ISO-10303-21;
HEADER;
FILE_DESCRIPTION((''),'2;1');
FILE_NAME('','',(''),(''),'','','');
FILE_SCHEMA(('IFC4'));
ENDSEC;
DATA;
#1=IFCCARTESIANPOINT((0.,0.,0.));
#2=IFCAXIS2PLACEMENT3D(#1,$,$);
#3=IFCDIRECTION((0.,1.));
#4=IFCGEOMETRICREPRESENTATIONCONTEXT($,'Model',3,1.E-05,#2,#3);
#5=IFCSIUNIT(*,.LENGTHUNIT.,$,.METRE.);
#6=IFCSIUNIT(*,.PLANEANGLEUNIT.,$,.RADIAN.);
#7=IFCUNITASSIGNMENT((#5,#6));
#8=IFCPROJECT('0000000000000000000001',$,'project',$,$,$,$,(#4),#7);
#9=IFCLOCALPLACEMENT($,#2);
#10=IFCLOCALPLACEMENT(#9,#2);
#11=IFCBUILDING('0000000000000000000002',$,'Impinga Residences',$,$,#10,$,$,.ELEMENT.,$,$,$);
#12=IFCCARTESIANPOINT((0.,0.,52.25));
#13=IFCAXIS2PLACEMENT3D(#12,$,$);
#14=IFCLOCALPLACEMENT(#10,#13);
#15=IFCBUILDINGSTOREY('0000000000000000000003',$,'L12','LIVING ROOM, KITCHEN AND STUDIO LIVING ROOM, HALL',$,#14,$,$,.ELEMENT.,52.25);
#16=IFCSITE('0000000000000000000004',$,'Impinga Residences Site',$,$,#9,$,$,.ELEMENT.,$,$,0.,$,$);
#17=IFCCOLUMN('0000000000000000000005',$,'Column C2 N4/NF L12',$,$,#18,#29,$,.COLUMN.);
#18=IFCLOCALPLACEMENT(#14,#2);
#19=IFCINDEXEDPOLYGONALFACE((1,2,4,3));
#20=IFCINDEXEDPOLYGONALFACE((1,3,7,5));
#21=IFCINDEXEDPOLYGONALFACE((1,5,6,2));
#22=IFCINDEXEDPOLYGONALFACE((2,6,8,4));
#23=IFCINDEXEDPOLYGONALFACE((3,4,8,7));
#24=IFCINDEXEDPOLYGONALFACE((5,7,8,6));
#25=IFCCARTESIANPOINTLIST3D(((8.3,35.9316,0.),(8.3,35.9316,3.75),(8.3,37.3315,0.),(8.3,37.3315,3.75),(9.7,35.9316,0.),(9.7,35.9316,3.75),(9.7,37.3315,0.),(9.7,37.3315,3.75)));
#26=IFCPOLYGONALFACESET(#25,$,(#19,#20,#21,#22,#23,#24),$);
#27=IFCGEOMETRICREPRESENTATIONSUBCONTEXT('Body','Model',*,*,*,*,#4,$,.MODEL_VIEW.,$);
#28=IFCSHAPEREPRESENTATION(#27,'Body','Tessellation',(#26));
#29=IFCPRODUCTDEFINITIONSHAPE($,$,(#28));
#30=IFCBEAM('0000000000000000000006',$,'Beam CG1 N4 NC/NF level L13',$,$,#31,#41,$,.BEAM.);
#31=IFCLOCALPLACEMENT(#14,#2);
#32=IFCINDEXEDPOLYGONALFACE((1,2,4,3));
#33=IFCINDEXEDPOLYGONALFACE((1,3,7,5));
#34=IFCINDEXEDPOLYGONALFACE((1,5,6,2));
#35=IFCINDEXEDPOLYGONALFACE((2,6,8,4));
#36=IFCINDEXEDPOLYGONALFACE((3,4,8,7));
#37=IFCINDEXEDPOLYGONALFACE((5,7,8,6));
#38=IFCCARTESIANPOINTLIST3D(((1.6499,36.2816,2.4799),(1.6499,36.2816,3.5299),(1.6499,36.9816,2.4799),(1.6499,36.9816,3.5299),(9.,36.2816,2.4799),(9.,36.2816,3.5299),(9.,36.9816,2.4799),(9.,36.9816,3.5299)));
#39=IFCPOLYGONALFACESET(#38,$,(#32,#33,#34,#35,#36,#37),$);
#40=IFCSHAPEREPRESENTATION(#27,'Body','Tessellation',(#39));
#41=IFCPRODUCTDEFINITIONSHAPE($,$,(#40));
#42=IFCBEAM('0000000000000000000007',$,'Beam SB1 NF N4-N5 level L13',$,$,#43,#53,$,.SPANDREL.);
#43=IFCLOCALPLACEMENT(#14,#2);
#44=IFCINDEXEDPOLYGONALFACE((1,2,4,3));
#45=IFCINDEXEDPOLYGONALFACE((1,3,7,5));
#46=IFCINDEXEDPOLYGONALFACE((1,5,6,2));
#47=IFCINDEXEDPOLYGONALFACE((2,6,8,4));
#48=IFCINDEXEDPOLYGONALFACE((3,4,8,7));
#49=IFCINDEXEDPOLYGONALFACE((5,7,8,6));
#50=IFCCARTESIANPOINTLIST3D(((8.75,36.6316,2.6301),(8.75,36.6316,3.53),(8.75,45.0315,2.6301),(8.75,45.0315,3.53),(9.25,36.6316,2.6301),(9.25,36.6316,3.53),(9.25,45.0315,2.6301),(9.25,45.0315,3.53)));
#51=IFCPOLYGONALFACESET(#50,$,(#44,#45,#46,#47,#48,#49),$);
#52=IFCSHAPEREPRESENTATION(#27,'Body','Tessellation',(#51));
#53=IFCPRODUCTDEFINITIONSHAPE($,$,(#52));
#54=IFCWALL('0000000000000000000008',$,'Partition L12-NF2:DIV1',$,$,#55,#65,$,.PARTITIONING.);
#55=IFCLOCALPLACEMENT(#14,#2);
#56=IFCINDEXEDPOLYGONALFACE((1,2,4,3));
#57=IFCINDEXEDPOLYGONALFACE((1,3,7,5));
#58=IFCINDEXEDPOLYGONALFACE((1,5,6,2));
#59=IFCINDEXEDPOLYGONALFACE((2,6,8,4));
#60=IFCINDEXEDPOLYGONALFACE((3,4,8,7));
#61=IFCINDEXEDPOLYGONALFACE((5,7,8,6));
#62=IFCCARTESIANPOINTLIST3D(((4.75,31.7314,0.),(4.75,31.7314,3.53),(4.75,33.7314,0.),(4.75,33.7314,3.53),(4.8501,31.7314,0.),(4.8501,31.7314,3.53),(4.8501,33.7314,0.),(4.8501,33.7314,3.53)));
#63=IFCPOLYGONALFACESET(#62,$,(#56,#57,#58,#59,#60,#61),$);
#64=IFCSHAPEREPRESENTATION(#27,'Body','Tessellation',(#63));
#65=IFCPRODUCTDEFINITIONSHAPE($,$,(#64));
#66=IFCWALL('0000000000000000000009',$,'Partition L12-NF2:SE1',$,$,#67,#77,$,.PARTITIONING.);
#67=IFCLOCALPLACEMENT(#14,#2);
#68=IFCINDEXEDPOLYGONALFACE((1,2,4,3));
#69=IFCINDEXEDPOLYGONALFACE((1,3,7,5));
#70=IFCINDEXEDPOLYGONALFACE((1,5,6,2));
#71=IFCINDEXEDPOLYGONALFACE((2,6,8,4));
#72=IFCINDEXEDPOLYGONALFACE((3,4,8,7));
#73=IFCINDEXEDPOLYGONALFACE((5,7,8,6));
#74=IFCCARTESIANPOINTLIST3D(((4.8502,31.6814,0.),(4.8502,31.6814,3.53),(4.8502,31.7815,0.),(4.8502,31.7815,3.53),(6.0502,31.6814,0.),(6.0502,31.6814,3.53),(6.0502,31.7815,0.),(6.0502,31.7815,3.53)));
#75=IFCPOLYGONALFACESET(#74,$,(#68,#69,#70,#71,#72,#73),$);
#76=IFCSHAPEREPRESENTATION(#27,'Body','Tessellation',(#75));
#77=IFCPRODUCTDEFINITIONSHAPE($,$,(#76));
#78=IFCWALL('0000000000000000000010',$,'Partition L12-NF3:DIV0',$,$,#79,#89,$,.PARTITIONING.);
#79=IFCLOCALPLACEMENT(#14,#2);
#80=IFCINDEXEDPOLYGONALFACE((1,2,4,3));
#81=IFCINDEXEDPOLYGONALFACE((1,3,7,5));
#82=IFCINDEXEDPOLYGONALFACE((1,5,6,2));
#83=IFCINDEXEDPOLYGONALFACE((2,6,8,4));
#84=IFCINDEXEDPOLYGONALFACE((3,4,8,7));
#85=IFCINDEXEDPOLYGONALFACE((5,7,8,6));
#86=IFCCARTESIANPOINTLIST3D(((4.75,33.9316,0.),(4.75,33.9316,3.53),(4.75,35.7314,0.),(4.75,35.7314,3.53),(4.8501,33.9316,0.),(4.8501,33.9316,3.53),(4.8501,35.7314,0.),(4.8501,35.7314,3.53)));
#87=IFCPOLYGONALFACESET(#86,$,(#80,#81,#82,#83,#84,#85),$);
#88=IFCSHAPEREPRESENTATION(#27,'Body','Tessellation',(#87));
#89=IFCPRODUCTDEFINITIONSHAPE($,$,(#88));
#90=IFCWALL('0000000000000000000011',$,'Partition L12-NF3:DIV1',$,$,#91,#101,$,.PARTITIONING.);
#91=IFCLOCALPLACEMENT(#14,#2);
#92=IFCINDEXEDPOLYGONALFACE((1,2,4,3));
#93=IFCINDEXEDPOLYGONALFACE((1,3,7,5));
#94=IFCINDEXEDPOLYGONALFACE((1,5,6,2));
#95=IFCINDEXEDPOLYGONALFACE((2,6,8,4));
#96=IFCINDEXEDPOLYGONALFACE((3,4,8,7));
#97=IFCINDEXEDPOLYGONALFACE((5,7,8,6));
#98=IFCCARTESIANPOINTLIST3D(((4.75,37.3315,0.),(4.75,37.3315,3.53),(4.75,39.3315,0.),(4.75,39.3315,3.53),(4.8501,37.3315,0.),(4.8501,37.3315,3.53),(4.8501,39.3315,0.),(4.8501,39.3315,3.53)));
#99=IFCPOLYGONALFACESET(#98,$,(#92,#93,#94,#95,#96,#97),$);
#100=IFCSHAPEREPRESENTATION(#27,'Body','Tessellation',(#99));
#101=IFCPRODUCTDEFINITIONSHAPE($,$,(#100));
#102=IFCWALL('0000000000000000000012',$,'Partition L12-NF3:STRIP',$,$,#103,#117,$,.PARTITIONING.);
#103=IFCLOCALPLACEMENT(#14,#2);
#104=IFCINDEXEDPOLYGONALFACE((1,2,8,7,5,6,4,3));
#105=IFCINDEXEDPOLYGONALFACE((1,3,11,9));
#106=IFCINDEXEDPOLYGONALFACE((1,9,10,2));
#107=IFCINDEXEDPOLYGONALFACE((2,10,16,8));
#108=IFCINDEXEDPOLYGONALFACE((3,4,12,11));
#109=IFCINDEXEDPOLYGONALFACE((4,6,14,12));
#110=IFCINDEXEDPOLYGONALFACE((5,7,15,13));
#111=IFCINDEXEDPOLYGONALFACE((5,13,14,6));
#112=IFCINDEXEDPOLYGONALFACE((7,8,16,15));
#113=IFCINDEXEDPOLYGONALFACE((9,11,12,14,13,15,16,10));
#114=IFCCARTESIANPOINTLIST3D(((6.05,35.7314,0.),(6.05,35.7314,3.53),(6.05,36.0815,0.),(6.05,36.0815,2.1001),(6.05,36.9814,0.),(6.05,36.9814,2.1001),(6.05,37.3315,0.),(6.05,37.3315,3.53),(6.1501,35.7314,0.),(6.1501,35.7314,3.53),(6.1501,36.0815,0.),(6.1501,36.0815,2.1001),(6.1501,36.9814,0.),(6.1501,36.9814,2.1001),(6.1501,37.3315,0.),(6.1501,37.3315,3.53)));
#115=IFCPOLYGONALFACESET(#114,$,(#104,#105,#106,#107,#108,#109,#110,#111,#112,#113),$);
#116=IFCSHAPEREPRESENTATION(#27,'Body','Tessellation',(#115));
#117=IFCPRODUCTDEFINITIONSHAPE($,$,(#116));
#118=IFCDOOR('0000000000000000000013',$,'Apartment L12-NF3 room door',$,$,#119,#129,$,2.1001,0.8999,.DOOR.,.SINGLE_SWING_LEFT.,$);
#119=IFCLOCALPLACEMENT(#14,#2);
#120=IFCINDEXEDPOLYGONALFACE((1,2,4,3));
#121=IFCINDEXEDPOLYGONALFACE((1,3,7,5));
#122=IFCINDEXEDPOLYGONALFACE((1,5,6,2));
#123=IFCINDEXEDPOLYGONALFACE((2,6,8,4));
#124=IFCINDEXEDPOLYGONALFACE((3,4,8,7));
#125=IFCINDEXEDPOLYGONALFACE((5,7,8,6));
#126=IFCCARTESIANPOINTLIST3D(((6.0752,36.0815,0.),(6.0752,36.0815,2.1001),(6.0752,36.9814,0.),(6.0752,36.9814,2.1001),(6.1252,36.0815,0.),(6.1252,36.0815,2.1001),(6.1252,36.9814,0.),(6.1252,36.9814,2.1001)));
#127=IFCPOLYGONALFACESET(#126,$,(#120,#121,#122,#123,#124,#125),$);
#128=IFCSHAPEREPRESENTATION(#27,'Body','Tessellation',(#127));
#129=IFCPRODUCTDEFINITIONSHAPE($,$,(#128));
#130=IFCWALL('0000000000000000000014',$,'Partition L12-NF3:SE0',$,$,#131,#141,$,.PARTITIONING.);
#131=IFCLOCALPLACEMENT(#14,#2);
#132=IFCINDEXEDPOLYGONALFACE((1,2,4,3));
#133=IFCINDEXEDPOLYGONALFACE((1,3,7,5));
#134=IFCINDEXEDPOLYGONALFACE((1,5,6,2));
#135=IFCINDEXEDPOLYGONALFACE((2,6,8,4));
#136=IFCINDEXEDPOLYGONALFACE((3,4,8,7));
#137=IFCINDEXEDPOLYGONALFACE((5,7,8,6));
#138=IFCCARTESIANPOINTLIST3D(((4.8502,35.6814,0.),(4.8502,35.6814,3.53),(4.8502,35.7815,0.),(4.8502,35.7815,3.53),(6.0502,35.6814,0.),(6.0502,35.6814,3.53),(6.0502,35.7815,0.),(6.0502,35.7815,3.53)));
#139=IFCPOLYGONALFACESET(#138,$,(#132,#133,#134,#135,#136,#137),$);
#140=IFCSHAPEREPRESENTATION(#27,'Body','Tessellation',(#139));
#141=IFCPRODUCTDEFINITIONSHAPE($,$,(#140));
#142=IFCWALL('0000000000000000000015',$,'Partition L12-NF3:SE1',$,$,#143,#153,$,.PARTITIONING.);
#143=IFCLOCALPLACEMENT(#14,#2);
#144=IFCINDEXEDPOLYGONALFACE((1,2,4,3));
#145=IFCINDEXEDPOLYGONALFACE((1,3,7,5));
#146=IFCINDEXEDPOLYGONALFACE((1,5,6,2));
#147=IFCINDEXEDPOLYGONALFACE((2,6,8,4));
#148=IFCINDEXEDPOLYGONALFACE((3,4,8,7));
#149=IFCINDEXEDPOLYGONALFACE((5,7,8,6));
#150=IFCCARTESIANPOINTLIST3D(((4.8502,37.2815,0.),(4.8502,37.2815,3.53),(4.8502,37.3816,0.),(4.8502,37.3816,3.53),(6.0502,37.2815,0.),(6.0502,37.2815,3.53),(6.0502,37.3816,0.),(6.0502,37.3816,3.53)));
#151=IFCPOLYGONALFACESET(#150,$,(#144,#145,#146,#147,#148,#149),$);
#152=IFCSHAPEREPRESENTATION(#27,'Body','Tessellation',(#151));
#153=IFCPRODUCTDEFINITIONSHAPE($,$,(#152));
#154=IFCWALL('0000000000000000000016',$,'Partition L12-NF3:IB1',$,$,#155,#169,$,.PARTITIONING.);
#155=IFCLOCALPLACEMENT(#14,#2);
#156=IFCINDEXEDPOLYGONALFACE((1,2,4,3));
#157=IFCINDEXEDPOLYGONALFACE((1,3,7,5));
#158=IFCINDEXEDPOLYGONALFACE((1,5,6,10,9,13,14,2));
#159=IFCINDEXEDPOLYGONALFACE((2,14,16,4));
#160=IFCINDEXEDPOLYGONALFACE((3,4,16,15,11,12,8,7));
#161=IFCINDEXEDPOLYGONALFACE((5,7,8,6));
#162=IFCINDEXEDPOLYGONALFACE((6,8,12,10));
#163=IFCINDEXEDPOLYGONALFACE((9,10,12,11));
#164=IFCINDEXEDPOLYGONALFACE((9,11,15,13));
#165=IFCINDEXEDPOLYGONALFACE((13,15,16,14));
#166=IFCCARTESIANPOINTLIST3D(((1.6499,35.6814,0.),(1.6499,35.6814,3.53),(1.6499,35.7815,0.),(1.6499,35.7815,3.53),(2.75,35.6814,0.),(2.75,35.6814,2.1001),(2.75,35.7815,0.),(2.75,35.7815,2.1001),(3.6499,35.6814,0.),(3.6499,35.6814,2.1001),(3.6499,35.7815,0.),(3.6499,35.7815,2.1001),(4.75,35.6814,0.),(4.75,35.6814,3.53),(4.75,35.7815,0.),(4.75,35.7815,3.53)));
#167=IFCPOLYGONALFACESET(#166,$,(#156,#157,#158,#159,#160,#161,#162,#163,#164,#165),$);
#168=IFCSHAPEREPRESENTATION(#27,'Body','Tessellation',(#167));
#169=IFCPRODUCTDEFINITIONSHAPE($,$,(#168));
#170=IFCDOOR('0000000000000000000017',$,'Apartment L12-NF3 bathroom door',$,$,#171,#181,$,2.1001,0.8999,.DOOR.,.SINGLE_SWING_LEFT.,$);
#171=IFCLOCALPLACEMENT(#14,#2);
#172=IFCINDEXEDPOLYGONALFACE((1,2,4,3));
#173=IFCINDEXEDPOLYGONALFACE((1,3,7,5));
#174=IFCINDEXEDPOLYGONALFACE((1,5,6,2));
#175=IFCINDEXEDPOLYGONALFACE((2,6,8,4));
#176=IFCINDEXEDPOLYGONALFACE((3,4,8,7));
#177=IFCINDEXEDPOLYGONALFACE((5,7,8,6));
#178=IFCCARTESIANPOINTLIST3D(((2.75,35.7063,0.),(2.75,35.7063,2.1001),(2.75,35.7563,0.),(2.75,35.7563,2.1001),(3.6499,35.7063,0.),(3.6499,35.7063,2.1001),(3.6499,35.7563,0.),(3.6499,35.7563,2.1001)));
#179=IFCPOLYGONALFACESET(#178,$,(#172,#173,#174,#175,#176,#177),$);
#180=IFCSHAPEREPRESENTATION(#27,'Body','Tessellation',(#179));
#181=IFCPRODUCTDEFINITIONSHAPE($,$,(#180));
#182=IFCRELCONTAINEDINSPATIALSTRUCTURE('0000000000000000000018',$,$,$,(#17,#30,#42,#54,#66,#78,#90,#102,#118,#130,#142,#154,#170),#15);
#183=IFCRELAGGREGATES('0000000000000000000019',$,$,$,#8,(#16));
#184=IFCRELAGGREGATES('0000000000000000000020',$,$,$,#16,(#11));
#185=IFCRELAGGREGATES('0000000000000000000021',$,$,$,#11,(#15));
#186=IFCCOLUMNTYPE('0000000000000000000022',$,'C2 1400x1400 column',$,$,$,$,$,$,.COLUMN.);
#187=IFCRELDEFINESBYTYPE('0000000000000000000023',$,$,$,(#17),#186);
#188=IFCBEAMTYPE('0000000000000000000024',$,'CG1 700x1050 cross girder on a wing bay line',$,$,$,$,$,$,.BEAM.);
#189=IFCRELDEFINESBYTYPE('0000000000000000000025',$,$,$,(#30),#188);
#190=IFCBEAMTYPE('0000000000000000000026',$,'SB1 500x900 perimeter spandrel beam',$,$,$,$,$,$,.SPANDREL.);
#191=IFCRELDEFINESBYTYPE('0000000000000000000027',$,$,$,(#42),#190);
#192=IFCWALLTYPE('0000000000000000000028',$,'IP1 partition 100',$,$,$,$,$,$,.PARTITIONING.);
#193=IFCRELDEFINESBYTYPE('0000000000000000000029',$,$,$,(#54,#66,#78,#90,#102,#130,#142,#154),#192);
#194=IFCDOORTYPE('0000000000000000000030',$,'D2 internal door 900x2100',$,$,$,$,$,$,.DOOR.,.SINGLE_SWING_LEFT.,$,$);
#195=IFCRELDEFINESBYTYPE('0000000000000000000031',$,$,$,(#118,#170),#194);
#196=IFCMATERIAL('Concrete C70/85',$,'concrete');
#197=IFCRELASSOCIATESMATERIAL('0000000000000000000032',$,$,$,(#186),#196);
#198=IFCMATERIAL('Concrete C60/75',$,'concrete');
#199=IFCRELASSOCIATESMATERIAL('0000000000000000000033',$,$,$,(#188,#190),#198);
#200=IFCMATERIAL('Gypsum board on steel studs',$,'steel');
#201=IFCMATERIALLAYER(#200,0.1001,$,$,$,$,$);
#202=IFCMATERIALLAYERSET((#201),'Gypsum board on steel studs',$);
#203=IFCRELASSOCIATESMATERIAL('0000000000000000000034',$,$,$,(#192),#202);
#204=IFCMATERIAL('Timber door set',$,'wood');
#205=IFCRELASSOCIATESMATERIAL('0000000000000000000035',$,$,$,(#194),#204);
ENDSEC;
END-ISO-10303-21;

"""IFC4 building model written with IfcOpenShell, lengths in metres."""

from ifc_helpers import new_model, si_unit, direction, frame, frame_2d, origin, origin_2d, place, context, subcontext, project, spatial, rectangle, extrude, material, layer, layer_set, material_profile, profile_set, type_object, element, fill, save


model = new_model("IFC4")

# Units and contexts
model_context = context("Model", 3, precision=1e-05, world=origin(), true_north=direction((0.0, 1.0)))
body_context = subcontext(model_context, "Body", "Model", "MODEL_VIEW")
ifc_project = project(units=[si_unit("LENGTHUNIT", "METRE"), si_unit("PLANEANGLEUNIT", "RADIAN")], contexts=[model_context])

# Site, building, storey
site_placement = place(None, origin())
site = spatial("IfcSite", under=ifc_project, at=site_placement, Name="Impinga Residences Site", CompositionType="ELEMENT", RefElevation=0.0)
building_placement = place(site_placement, origin())
building = spatial("IfcBuilding", under=site, at=building_placement, Name="Impinga Residences", CompositionType="ELEMENT")
storey_placement = place(building_placement, frame((0.0, 0.0, 52.25)))
storey = spatial("IfcBuildingStorey", under=building, at=storey_placement, Name="L12", Description="LIVING ROOM, KITCHEN AND STUDIO LIVING ROOM, HALL", CompositionType="ELEMENT", Elevation=52.25)

# Column
ifc_material_1 = material(Name="Concrete C70/85", Category="concrete")
ifc_material_profile_1 = material_profile(ifc_material_1, rectangle(XDim=1.3999, YDim=1.3999, at=origin_2d()), Name="RC 1400x1400")
ifc_profile_set_1 = profile_set([ifc_material_profile_1], Name="Concrete C70/85")
column_type = type_object("IfcColumnType", Name="C2 1400x1400 column", PredefinedType="COLUMN", material=ifc_profile_set_1)
column_placement = place(storey_placement, frame((9.0, 36.6316, 0.0), z_axis=(0.0, 0.0, 1.0), x_axis=(1.0, 0.0, 0.0)))
element("IfcColumn", 1, at=column_placement, inside=storey, type_object=column_type, Name="Column C2 N4/NF L12", PredefinedType="COLUMN", context=body_context, shape_type="SweptSolid", body=[
    extrude(rectangle(XDim=1.3999, YDim=1.3999, at=origin_2d()), origin(), (0.0, 0.0, 1.0), 3.75),
])

# Beams
ifc_material_2 = material(Name="Concrete C60/75", Category="concrete")
ifc_material_profile_2 = material_profile(ifc_material_2, rectangle(XDim=0.7, YDim=1.05, at=origin_2d()), Name="RC 700x1050")
ifc_profile_set_2 = profile_set([ifc_material_profile_2], Name="Concrete C60/75")
beam_type_1 = type_object("IfcBeamType", Name="CG1 700x1050 cross girder on a wing bay line", PredefinedType="BEAM", material=ifc_profile_set_2)
beam_1_placement = place(storey_placement, frame((1.6499, 36.6316, 3.0049), z_axis=(1.0, 0.0, 0.0), x_axis=(0.0, 1.0, 0.0)))
element("IfcBeam", 2, at=beam_1_placement, inside=storey, type_object=beam_type_1, Name="Beam CG1 N4 NC/NF level L13", PredefinedType="BEAM", context=body_context, shape_type="SweptSolid", body=[
    extrude(rectangle(XDim=0.7, YDim=1.05, at=origin_2d()), origin(), (0.0, 0.0, 1.0), 7.3501),
])
ifc_material_profile_3 = material_profile(ifc_material_2, rectangle(XDim=0.5, YDim=0.8999, at=origin_2d()), Name="RC 500x900")
ifc_profile_set_3 = profile_set([ifc_material_profile_3], Name="Concrete C60/75")
beam_type_2 = type_object("IfcBeamType", Name="SB1 500x900 perimeter spandrel beam", PredefinedType="SPANDREL", material=ifc_profile_set_3)
beam_2_placement = place(storey_placement, frame((9.0, 36.6316, 3.0801), z_axis=(0.0, 1.0, 0.0), x_axis=(-1.0, 0.0, 0.0)))
element("IfcBeam", 3, at=beam_2_placement, inside=storey, type_object=beam_type_2, Name="Beam SB1 NF N4-N5 level L13", PredefinedType="SPANDREL", context=body_context, shape_type="SweptSolid", body=[
    extrude(rectangle(XDim=0.5, YDim=0.8999, at=origin_2d()), origin(), (0.0, 0.0, 1.0), 8.3999),
])

# Walls
ifc_material_3 = material(Name="Gypsum board on steel studs", Category="steel")
ifc_layer_1 = layer(ifc_material_3, 0.1001)
ifc_layer_set_1 = layer_set([ifc_layer_1], Name="Gypsum board on steel studs")
wall_type_1 = type_object("IfcWallType", Name="IP1 partition 100", PredefinedType="PARTITIONING", material=ifc_layer_set_1)
wall_1_placement = place(storey_placement, frame((4.8, 31.7314, 0.0), z_axis=(0.0, 0.0, 1.0), x_axis=(0.0, 1.0, 0.0)))
element("IfcWall", 4, at=wall_1_placement, inside=storey, type_object=wall_type_1, Name="Partition L12-NF2:DIV1", PredefinedType="PARTITIONING", context=body_context, shape_type="SweptSolid", body=[
    extrude(rectangle(XDim=2.0, YDim=0.1001, at=frame_2d((1.0, 0.0))), origin(), (0.0, 0.0, 1.0), 3.53),
])
wall_2_placement = place(storey_placement, frame((4.8501, 31.7314, 0.0), z_axis=(0.0, 0.0, 1.0), x_axis=(1.0, 0.0, 0.0)))
element("IfcWall", 5, at=wall_2_placement, inside=storey, type_object=wall_type_1, Name="Partition L12-NF2:SE1", PredefinedType="PARTITIONING", context=body_context, shape_type="SweptSolid", body=[
    extrude(rectangle(XDim=1.2, YDim=0.1001, at=frame_2d((0.6001, 0.0))), origin(), (0.0, 0.0, 1.0), 3.53),
])
wall_3_placement = place(storey_placement, frame((4.8, 33.9316, 0.0), z_axis=(0.0, 0.0, 1.0), x_axis=(0.0, 1.0, 0.0)))
element("IfcWall", 6, at=wall_3_placement, inside=storey, type_object=wall_type_1, Name="Partition L12-NF3:DIV0", PredefinedType="PARTITIONING", context=body_context, shape_type="SweptSolid", body=[
    extrude(rectangle(XDim=1.7998, YDim=0.1001, at=frame_2d((0.8999, 0.0))), origin(), (0.0, 0.0, 1.0), 3.53),
])
wall_4_placement = place(storey_placement, frame((4.8, 37.3315, 0.0), z_axis=(0.0, 0.0, 1.0), x_axis=(0.0, 1.0, 0.0)))
element("IfcWall", 7, at=wall_4_placement, inside=storey, type_object=wall_type_1, Name="Partition L12-NF3:DIV1", PredefinedType="PARTITIONING", context=body_context, shape_type="SweptSolid", body=[
    extrude(rectangle(XDim=2.0, YDim=0.1001, at=frame_2d((1.0, 0.0))), origin(), (0.0, 0.0, 1.0), 3.53),
])

# Wall, opening, door
wall_5_placement = place(storey_placement, frame((6.1001, 35.7314, 0.0), z_axis=(0.0, 0.0, 1.0), x_axis=(0.0, 1.0, 0.0)))
wall_5 = element("IfcWall", 8, at=wall_5_placement, inside=storey, type_object=wall_type_1, Name="Partition L12-NF3:STRIP", PredefinedType="PARTITIONING", context=body_context, shape_type="SweptSolid", body=[
    extrude(rectangle(XDim=1.6001, YDim=0.1001, at=frame_2d((0.8, 0.0))), origin(), (0.0, 0.0, 1.0), 3.53),
])
opening_1_placement = place(wall_5_placement, frame((0.3501, 0.0, 0.0)))
opening_1 = element("IfcOpeningElement", 9, at=opening_1_placement, cuts=wall_5, PredefinedType="OPENING", context=body_context, shape_type="SweptSolid", body=[
    extrude(rectangle(XDim=0.8999, YDim=2.1001, at=frame_2d((0.45, 1.05))), frame((0.0, 0.0601, 0.0), z_axis=(0.0, -1.0, 0.0), x_axis=(1.0, 0.0, 0.0)), (0.0, 0.0, 1.0), 0.1201),
])
ifc_material_4 = material(Name="Timber door set", Category="wood")
door_type = type_object("IfcDoorType", Name="D2 internal door 900x2100", OperationType="SINGLE_SWING_LEFT", PredefinedType="DOOR", material=ifc_material_4)
door_1_placement = place(opening_1_placement, origin())
door_1 = element("IfcDoor", 10, at=door_1_placement, inside=storey, type_object=door_type, Name="Apartment L12-NF3 room door", OperationType="SINGLE_SWING_LEFT", OverallHeight=2.1001, OverallWidth=0.8999, PredefinedType="DOOR", context=body_context, shape_type="SweptSolid", body=[
    extrude(rectangle(XDim=0.8999, YDim=2.1001, at=frame_2d((0.45, 1.05))), frame((0.0, 0.0249, 0.0), z_axis=(0.0, -1.0, 0.0), x_axis=(1.0, 0.0, 0.0)), (0.0, 0.0, 1.0), 0.05),
])
fill(opening_1, door_1)

# Walls
for number, where, z_axis, x_axis, name in (
    (11, (4.8501, 35.7314, 0.0), (0.0, 0.0, 1.0), (1.0, 0.0, 0.0), "Partition L12-NF3:SE0"),
    (12, (4.8501, 37.3315, 0.0), (0.0, 0.0, 1.0), (1.0, 0.0, 0.0), "Partition L12-NF3:SE1"),
):
    element("IfcWall", number, at=place(storey_placement, frame(where, z_axis=z_axis, x_axis=x_axis)), inside=storey, type_object=wall_type_1, Name=name, PredefinedType="PARTITIONING", context=body_context, shape_type="SweptSolid", body=[
        extrude(rectangle(XDim=1.2, YDim=0.1001, at=frame_2d((0.6001, 0.0))), origin(), (0.0, 0.0, 1.0), 3.53),
    ])

# Wall, opening, door
wall_6_placement = place(storey_placement, frame((1.6499, 35.7314, 0.0), z_axis=(0.0, 0.0, 1.0), x_axis=(1.0, 0.0, 0.0)))
wall_6 = element("IfcWall", 13, at=wall_6_placement, inside=storey, type_object=wall_type_1, Name="Partition L12-NF3:IB1", PredefinedType="PARTITIONING", context=body_context, shape_type="SweptSolid", body=[
    extrude(rectangle(XDim=3.1001, YDim=0.1001, at=frame_2d((1.55, 0.0))), origin(), (0.0, 0.0, 1.0), 3.53),
])
opening_2_placement = place(wall_6_placement, frame((1.1001, 0.0, 0.0)))
opening_2 = element("IfcOpeningElement", 14, at=opening_2_placement, cuts=wall_6, PredefinedType="OPENING", context=body_context, shape_type="SweptSolid", body=[
    extrude(rectangle(XDim=0.8999, YDim=2.1001, at=frame_2d((0.45, 1.05))), frame((0.0, 0.0601, 0.0), z_axis=(0.0, -1.0, 0.0), x_axis=(1.0, 0.0, 0.0)), (0.0, 0.0, 1.0), 0.1201),
])
door_2_placement = place(opening_2_placement, origin())
door_2 = element("IfcDoor", 15, at=door_2_placement, inside=storey, type_object=door_type, Name="Apartment L12-NF3 bathroom door", OperationType="SINGLE_SWING_LEFT", OverallHeight=2.1001, OverallWidth=0.8999, PredefinedType="DOOR", context=body_context, shape_type="SweptSolid", body=[
    extrude(rectangle(XDim=0.8999, YDim=2.1001, at=frame_2d((0.45, 1.05))), frame((0.0, 0.0249, 0.0), z_axis=(0.0, -1.0, 0.0), x_axis=(1.0, 0.0, 0.0)), (0.0, 0.0, 1.0), 0.05),
])
fill(opening_2, door_2)

save(model, "model.ifc")
